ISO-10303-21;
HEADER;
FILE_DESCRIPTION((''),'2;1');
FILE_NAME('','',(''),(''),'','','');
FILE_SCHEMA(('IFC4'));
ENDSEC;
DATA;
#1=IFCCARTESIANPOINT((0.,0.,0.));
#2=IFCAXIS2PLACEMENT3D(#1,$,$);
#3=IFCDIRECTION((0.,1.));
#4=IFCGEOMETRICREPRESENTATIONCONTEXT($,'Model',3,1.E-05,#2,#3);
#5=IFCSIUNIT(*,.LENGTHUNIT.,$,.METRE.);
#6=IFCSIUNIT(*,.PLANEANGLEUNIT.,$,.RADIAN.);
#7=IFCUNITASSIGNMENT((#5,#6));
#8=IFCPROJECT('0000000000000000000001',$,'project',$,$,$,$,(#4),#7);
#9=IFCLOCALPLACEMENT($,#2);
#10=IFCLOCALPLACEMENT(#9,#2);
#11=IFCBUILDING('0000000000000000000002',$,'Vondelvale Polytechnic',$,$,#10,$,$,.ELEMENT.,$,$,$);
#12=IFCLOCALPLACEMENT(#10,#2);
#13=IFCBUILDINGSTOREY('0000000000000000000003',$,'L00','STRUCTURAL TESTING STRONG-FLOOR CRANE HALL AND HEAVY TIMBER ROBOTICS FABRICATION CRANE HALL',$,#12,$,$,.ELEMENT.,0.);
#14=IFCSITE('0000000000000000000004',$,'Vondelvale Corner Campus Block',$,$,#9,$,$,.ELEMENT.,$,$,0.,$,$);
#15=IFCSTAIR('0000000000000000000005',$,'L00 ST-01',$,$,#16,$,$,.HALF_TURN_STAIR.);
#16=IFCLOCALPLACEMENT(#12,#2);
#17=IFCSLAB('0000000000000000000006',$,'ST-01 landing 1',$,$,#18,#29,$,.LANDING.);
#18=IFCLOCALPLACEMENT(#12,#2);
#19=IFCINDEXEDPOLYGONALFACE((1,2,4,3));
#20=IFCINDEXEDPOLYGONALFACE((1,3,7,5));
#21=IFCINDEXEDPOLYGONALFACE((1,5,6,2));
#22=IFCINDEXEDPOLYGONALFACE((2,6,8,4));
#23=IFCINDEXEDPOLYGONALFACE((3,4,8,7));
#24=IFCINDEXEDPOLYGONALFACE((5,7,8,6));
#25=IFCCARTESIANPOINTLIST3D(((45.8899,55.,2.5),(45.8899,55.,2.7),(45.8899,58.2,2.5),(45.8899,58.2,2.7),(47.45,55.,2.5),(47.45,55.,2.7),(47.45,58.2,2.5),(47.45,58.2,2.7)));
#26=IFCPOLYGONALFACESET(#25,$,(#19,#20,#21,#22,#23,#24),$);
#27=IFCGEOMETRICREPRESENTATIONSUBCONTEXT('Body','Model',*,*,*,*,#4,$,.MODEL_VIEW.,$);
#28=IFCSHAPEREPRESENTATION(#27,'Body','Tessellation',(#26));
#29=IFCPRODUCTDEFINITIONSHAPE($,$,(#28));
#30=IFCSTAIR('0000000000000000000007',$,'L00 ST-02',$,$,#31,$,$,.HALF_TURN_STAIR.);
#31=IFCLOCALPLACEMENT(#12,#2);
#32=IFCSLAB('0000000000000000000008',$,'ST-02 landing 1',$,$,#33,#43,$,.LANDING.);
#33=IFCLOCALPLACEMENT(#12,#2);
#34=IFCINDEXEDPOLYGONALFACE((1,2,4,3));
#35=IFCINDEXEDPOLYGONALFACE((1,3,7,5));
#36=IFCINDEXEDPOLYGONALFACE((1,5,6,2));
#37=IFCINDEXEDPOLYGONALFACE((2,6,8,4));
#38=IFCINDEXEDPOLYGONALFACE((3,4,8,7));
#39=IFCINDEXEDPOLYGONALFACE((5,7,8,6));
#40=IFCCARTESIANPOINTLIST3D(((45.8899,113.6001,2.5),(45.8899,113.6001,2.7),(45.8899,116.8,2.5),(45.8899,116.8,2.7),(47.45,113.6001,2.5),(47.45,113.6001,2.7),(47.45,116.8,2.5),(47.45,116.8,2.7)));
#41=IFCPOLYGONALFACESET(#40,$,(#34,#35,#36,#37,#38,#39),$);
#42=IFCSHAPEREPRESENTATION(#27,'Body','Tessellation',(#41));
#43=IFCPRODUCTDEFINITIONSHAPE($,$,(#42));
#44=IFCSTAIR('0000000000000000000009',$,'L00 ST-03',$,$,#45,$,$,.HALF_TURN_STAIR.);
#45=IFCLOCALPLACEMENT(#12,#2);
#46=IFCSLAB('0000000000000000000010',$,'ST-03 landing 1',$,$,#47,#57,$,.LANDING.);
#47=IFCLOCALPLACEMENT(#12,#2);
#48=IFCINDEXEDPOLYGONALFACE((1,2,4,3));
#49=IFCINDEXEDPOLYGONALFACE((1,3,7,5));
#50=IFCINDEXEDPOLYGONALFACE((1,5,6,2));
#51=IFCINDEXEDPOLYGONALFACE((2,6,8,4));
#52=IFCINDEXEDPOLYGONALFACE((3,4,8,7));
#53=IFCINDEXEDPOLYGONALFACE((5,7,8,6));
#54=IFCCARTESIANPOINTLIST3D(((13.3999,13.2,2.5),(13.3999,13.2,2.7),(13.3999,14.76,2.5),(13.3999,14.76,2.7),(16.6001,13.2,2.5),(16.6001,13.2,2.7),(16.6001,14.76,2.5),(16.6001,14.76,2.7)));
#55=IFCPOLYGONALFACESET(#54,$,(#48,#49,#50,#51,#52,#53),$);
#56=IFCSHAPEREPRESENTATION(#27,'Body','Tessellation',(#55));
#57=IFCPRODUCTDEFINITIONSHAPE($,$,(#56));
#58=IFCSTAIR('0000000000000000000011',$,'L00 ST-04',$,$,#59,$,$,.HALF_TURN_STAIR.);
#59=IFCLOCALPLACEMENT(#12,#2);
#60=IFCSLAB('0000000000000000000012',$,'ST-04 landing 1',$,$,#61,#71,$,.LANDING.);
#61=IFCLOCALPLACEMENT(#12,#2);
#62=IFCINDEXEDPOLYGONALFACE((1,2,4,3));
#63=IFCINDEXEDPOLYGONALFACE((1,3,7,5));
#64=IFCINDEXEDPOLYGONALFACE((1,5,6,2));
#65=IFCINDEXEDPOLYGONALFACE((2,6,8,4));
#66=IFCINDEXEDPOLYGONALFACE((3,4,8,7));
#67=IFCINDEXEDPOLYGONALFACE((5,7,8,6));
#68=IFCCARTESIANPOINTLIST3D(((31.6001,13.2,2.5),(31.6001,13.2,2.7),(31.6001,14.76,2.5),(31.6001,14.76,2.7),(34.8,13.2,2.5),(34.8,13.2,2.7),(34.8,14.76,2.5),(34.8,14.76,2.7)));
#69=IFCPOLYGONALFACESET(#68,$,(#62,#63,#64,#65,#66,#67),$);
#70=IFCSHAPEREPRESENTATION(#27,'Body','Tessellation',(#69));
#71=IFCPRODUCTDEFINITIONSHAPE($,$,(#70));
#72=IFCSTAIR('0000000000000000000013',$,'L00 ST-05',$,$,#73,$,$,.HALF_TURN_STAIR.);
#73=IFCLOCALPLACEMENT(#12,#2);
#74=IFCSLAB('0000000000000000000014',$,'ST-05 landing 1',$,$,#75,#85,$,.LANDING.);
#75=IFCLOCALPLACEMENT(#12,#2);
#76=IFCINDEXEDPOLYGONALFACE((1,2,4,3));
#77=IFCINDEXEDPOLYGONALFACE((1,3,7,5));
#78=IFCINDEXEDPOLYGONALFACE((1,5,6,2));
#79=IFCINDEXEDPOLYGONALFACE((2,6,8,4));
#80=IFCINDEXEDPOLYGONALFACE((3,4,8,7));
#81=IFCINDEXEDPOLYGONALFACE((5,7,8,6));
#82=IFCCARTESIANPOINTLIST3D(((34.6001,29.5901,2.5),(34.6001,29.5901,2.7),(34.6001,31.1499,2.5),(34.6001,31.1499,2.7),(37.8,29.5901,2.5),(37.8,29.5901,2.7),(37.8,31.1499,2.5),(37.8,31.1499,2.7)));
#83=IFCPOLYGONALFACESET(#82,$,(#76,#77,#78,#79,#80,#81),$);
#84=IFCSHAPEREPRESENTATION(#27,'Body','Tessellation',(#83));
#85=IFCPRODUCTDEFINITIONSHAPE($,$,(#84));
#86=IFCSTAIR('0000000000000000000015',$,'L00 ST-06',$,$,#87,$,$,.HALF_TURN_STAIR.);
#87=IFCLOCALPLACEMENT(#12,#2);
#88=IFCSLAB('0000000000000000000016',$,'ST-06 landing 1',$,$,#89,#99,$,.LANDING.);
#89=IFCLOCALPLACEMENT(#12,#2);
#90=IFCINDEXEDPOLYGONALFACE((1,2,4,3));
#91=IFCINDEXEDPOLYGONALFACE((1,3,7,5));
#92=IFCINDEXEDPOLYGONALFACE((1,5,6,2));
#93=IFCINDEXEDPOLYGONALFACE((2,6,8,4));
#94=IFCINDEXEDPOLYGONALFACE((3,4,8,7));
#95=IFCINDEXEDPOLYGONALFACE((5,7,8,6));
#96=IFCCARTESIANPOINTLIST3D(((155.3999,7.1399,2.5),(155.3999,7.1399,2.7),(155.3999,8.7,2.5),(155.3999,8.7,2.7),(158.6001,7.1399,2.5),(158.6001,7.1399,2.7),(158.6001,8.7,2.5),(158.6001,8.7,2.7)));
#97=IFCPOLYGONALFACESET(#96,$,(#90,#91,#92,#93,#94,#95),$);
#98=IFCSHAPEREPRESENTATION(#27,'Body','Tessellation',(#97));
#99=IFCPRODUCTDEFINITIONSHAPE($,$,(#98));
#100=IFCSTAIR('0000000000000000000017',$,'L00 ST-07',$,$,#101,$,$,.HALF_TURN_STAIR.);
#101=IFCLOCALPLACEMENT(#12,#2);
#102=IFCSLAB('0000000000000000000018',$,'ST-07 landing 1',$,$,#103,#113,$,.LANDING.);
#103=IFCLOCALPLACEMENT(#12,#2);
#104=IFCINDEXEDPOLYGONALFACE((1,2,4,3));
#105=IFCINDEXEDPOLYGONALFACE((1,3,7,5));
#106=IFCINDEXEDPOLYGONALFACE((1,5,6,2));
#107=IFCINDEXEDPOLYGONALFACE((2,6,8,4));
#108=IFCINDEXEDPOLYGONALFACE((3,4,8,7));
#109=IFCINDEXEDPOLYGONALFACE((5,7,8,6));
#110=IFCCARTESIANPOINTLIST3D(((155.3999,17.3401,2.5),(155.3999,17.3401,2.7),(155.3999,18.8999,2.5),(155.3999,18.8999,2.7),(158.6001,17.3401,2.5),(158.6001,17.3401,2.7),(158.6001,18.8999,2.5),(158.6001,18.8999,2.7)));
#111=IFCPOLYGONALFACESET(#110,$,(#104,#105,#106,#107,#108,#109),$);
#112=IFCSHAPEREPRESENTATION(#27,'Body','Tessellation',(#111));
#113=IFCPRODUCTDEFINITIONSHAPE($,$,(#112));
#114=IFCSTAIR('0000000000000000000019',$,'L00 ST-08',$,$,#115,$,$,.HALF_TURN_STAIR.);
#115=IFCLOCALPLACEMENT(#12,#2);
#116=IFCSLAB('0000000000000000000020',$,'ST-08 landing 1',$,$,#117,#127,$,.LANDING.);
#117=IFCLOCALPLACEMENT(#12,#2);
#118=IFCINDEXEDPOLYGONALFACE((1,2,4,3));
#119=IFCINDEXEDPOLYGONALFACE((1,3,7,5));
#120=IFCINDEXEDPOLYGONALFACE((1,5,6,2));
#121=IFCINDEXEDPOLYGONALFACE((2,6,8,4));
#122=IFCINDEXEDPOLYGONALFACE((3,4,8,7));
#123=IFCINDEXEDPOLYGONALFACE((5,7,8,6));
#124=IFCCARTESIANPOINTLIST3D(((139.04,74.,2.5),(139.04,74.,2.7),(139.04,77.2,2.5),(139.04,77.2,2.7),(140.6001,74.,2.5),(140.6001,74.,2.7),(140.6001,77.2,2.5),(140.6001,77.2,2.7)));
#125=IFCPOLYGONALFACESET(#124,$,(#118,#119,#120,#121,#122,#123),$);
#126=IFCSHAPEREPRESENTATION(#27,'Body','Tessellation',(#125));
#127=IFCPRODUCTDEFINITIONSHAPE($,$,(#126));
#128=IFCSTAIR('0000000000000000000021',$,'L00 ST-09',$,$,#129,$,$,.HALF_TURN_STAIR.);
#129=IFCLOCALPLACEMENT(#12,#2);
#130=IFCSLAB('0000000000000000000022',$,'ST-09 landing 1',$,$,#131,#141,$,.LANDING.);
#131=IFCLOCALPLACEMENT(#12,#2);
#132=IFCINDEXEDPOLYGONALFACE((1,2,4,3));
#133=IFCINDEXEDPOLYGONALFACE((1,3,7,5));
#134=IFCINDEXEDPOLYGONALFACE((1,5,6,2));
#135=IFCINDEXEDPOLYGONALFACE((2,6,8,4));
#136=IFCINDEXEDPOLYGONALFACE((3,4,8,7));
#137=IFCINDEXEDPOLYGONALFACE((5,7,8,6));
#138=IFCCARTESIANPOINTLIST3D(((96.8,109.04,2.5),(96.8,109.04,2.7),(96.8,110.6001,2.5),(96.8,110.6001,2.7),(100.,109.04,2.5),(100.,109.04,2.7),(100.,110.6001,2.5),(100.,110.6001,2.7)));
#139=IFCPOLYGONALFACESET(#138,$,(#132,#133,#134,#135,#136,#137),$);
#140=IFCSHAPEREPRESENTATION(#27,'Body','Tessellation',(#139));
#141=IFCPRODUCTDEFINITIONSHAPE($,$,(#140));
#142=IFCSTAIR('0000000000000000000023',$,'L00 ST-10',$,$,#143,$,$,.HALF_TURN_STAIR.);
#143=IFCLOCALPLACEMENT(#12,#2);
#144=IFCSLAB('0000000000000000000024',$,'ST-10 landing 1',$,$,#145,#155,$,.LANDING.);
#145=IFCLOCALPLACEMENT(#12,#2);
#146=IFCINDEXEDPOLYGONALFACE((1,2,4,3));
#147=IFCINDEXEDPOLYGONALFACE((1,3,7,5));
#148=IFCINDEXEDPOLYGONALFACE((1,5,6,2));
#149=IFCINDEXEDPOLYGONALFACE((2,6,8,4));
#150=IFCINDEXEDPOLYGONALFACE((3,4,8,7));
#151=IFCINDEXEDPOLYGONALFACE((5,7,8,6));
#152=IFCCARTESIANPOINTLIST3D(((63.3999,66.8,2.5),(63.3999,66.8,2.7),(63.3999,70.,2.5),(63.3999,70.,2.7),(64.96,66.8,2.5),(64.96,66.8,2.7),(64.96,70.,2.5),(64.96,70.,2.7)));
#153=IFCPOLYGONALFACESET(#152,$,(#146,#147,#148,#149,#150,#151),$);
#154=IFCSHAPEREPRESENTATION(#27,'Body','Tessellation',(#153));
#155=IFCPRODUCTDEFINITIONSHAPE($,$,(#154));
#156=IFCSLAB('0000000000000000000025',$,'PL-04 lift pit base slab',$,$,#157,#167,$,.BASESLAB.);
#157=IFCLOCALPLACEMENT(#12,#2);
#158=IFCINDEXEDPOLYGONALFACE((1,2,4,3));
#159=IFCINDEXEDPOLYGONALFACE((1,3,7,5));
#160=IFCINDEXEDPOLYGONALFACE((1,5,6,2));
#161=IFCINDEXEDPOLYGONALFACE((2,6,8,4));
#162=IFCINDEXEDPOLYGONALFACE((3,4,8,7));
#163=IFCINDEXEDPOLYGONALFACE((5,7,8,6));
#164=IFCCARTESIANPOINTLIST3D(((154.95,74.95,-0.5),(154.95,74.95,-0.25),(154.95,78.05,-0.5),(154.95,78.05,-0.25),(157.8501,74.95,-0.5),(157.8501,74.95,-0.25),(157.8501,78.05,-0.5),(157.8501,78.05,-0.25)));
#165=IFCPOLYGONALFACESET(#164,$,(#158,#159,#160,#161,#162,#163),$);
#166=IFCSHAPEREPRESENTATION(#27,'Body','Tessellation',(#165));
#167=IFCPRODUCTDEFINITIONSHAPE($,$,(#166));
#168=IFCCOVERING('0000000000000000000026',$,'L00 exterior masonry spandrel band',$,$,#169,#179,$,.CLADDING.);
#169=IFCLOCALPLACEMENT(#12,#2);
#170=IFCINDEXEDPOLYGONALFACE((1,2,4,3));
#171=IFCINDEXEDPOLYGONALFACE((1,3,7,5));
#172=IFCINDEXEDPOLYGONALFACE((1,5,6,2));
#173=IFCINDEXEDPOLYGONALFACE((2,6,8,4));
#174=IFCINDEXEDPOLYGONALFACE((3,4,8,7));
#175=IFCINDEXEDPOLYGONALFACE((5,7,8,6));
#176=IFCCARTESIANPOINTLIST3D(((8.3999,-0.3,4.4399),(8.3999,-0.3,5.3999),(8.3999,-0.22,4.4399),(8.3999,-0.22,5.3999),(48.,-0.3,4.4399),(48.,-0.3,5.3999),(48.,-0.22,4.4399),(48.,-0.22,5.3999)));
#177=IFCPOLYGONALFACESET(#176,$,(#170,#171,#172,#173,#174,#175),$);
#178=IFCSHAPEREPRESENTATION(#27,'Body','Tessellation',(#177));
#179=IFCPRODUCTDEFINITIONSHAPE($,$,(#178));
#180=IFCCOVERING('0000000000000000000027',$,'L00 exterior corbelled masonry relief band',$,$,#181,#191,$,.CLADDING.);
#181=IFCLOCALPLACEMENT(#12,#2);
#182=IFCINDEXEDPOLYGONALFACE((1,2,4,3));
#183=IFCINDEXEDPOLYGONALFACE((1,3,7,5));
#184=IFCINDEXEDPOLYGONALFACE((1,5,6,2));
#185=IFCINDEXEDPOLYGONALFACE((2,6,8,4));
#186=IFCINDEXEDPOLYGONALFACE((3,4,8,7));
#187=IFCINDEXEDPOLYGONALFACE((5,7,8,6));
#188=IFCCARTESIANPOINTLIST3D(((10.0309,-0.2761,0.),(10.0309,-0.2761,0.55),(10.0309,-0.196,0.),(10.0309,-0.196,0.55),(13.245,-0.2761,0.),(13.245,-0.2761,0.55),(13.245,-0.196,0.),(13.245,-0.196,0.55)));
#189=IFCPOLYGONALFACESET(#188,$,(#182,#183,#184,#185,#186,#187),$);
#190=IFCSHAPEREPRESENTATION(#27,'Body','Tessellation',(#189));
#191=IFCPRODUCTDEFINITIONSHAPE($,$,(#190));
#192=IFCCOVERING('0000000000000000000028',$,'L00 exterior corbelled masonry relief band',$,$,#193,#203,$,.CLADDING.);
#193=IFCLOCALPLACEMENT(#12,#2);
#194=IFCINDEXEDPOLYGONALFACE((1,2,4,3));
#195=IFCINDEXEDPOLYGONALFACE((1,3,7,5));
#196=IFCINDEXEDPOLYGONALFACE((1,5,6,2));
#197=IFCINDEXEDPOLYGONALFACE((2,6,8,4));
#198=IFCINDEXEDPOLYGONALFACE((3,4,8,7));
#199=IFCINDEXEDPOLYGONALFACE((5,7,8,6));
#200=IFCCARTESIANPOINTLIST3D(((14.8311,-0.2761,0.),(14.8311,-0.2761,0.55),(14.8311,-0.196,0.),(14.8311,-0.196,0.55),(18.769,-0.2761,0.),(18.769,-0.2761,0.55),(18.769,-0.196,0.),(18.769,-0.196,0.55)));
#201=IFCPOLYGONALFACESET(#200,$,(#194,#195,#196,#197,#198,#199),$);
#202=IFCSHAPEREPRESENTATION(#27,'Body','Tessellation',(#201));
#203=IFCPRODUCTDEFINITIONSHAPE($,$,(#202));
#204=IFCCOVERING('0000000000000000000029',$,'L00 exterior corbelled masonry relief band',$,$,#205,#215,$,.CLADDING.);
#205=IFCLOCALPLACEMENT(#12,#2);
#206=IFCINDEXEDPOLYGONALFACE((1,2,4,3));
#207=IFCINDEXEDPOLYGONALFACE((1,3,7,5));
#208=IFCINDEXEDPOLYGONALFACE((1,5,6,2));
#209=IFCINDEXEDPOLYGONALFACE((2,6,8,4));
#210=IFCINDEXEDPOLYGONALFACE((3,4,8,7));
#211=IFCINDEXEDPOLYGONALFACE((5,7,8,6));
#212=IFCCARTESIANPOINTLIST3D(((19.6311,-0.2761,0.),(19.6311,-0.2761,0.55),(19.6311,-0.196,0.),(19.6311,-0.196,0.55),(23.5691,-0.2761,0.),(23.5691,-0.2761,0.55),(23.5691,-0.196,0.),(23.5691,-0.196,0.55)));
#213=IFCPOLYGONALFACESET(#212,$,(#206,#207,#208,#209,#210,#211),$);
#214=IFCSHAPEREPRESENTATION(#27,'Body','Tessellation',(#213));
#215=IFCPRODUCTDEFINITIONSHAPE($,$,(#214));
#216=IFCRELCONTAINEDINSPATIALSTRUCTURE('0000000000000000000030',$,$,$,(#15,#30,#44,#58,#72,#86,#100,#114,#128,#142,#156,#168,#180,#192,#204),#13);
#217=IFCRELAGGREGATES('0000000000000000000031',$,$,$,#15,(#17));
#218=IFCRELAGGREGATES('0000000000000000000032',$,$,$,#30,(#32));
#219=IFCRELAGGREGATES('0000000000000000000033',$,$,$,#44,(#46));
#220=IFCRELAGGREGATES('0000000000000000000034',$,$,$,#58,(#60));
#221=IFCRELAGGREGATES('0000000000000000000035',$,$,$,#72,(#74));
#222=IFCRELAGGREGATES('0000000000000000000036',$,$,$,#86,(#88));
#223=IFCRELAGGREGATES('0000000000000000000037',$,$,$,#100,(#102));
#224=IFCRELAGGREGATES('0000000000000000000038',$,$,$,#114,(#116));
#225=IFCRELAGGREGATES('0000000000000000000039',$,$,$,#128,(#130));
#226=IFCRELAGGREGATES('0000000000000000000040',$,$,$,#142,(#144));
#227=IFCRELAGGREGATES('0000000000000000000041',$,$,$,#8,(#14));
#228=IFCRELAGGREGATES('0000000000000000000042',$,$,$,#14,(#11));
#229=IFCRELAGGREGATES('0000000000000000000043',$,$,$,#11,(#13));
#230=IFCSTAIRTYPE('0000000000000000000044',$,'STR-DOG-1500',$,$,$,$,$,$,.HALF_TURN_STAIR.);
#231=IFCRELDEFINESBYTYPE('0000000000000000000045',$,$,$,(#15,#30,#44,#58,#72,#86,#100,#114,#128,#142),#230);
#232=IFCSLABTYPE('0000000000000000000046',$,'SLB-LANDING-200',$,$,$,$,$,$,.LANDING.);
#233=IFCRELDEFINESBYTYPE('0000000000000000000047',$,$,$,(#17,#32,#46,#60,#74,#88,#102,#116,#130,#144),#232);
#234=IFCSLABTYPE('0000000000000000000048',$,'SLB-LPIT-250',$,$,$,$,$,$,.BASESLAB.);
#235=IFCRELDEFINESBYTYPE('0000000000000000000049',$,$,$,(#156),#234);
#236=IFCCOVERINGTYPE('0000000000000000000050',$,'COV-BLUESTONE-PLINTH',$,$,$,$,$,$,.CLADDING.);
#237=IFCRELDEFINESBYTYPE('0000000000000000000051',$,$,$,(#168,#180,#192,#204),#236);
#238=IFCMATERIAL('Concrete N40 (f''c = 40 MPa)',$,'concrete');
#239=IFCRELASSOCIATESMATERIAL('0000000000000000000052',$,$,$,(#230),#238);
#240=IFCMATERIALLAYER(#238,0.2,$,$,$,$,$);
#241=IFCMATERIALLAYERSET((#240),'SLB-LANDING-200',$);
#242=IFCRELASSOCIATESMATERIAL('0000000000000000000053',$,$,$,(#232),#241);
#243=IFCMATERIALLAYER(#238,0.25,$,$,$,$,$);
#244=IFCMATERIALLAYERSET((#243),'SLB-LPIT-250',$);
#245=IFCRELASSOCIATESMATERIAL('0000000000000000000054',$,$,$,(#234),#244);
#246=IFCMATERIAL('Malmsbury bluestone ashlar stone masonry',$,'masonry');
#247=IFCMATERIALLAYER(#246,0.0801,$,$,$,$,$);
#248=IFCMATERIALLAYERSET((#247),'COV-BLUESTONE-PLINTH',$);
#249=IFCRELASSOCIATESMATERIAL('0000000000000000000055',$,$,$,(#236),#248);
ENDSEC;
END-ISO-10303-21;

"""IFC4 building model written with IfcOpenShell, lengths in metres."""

from ifc_helpers import new_model, si_unit, direction, frame, origin, origin_2d, place, context, subcontext, project, spatial, polyline, rectangle, outline, extrude, material, layer, layer_set, type_object, element, aggregate, save


model = new_model("IFC4")

# Units and contexts
model_context = context("Model", 3, precision=1e-05, world=origin(), true_north=direction((0.0, 1.0)))
body_context = subcontext(model_context, "Body", "Model", "MODEL_VIEW")
ifc_project = project(units=[si_unit("LENGTHUNIT", "METRE"), si_unit("PLANEANGLEUNIT", "RADIAN")], contexts=[model_context])

# Site, building, storey
site_placement = place(None, origin())
site = spatial("IfcSite", under=ifc_project, at=site_placement, Name="Vondelvale Corner Campus Block", CompositionType="ELEMENT", RefElevation=0.0)
building_placement = place(site_placement, origin())
building = spatial("IfcBuilding", under=site, at=building_placement, Name="Vondelvale Polytechnic", CompositionType="ELEMENT")
storey_placement = place(building_placement, origin())
storey = spatial("IfcBuildingStorey", under=building, at=storey_placement, Name="L00", Description="STRUCTURAL TESTING STRONG-FLOOR CRANE HALL AND HEAVY TIMBER ROBOTICS FABRICATION CRANE HALL", CompositionType="ELEMENT", Elevation=0.0)

# Stairs, slabs
ifc_material_1 = material(Name="Concrete N40 (f'c = 40 MPa)", Category="concrete")
stair_type = type_object("IfcStairType", Name="STR-DOG-1500", PredefinedType="HALF_TURN_STAIR", material=ifc_material_1)
stair_1_placement = place(storey_placement, origin())
stair_1 = element("IfcStair", 1, at=stair_1_placement, inside=storey, type_object=stair_type, Name="L00 ST-01", PredefinedType="HALF_TURN_STAIR")
ifc_layer_1 = layer(ifc_material_1, 0.2)
ifc_layer_set_1 = layer_set([ifc_layer_1], Name="SLB-LANDING-200")
slab_type_1 = type_object("IfcSlabType", Name="SLB-LANDING-200", PredefinedType="LANDING", material=ifc_layer_set_1)
slab_1_placement = place(storey_placement, frame((0.0, 0.0, 2.5)))
slab_1 = element("IfcSlab", 2, at=slab_1_placement, type_object=slab_type_1, Name="ST-01 landing 1", PredefinedType="LANDING", context=body_context, shape_type="SweptSolid", body=[
    extrude(outline(polyline([(45.8899, 55.0), (47.45, 55.0), (47.45, 58.2), (45.8899, 58.2), (45.8899, 55.0)])), origin(), (0.0, 0.0, 1.0), 0.2),
])
aggregate(stair_1, [slab_1])
stair_2_placement = place(storey_placement, origin())
stair_2 = element("IfcStair", 3, at=stair_2_placement, inside=storey, type_object=stair_type, Name="L00 ST-02", PredefinedType="HALF_TURN_STAIR")
slab_2_placement = place(storey_placement, frame((0.0, 0.0, 2.5)))
slab_2 = element("IfcSlab", 4, at=slab_2_placement, type_object=slab_type_1, Name="ST-02 landing 1", PredefinedType="LANDING", context=body_context, shape_type="SweptSolid", body=[
    extrude(outline(polyline([(45.8899, 113.6001), (47.45, 113.6001), (47.45, 116.8), (45.8899, 116.8), (45.8899, 113.6001)])), origin(), (0.0, 0.0, 1.0), 0.2),
])
aggregate(stair_2, [slab_2])
stair_3_placement = place(storey_placement, origin())
stair_3 = element("IfcStair", 5, at=stair_3_placement, inside=storey, type_object=stair_type, Name="L00 ST-03", PredefinedType="HALF_TURN_STAIR")
slab_3_placement = place(storey_placement, frame((0.0, 0.0, 2.5)))
slab_3 = element("IfcSlab", 6, at=slab_3_placement, type_object=slab_type_1, Name="ST-03 landing 1", PredefinedType="LANDING", context=body_context, shape_type="SweptSolid", body=[
    extrude(outline(polyline([(13.3999, 14.76), (13.3999, 13.2), (16.6001, 13.2), (16.6001, 14.76), (13.3999, 14.76)])), origin(), (0.0, 0.0, 1.0), 0.2),
])
aggregate(stair_3, [slab_3])
stair_4_placement = place(storey_placement, origin())
stair_4 = element("IfcStair", 7, at=stair_4_placement, inside=storey, type_object=stair_type, Name="L00 ST-04", PredefinedType="HALF_TURN_STAIR")
slab_4_placement = place(storey_placement, frame((0.0, 0.0, 2.5)))
slab_4 = element("IfcSlab", 8, at=slab_4_placement, type_object=slab_type_1, Name="ST-04 landing 1", PredefinedType="LANDING", context=body_context, shape_type="SweptSolid", body=[
    extrude(outline(polyline([(31.6001, 14.76), (31.6001, 13.2), (34.8, 13.2), (34.8, 14.76), (31.6001, 14.76)])), origin(), (0.0, 0.0, 1.0), 0.2),
])
aggregate(stair_4, [slab_4])
stair_5_placement = place(storey_placement, origin())
stair_5 = element("IfcStair", 9, at=stair_5_placement, inside=storey, type_object=stair_type, Name="L00 ST-05", PredefinedType="HALF_TURN_STAIR")
slab_5_placement = place(storey_placement, frame((0.0, 0.0, 2.5)))
slab_5 = element("IfcSlab", 10, at=slab_5_placement, type_object=slab_type_1, Name="ST-05 landing 1", PredefinedType="LANDING", context=body_context, shape_type="SweptSolid", body=[
    extrude(outline(polyline([(37.8, 29.5901), (37.8, 31.1499), (34.6001, 31.1499), (34.6001, 29.5901), (37.8, 29.5901)])), origin(), (0.0, 0.0, 1.0), 0.2),
])
aggregate(stair_5, [slab_5])
stair_6_placement = place(storey_placement, origin())
stair_6 = element("IfcStair", 11, at=stair_6_placement, inside=storey, type_object=stair_type, Name="L00 ST-06", PredefinedType="HALF_TURN_STAIR")
slab_6_placement = place(storey_placement, frame((0.0, 0.0, 2.5)))
slab_6 = element("IfcSlab", 12, at=slab_6_placement, type_object=slab_type_1, Name="ST-06 landing 1", PredefinedType="LANDING", context=body_context, shape_type="SweptSolid", body=[
    extrude(outline(polyline([(158.6001, 7.1399), (158.6001, 8.7), (155.3999, 8.7), (155.3999, 7.1399), (158.6001, 7.1399)])), origin(), (0.0, 0.0, 1.0), 0.2),
])
aggregate(stair_6, [slab_6])
stair_7_placement = place(storey_placement, origin())
stair_7 = element("IfcStair", 13, at=stair_7_placement, inside=storey, type_object=stair_type, Name="L00 ST-07", PredefinedType="HALF_TURN_STAIR")
slab_7_placement = place(storey_placement, frame((0.0, 0.0, 2.5)))
slab_7 = element("IfcSlab", 14, at=slab_7_placement, type_object=slab_type_1, Name="ST-07 landing 1", PredefinedType="LANDING", context=body_context, shape_type="SweptSolid", body=[
    extrude(outline(polyline([(158.6001, 17.3401), (158.6001, 18.8999), (155.3999, 18.8999), (155.3999, 17.3401), (158.6001, 17.3401)])), origin(), (0.0, 0.0, 1.0), 0.2),
])
aggregate(stair_7, [slab_7])
stair_8_placement = place(storey_placement, origin())
stair_8 = element("IfcStair", 15, at=stair_8_placement, inside=storey, type_object=stair_type, Name="L00 ST-08", PredefinedType="HALF_TURN_STAIR")
slab_8_placement = place(storey_placement, frame((0.0, 0.0, 2.5)))
slab_8 = element("IfcSlab", 16, at=slab_8_placement, type_object=slab_type_1, Name="ST-08 landing 1", PredefinedType="LANDING", context=body_context, shape_type="SweptSolid", body=[
    extrude(outline(polyline([(139.04, 74.0), (140.6001, 74.0), (140.6001, 77.2), (139.04, 77.2), (139.04, 74.0)])), origin(), (0.0, 0.0, 1.0), 0.2),
])
aggregate(stair_8, [slab_8])
stair_9_placement = place(storey_placement, origin())
stair_9 = element("IfcStair", 17, at=stair_9_placement, inside=storey, type_object=stair_type, Name="L00 ST-09", PredefinedType="HALF_TURN_STAIR")
slab_9_placement = place(storey_placement, frame((0.0, 0.0, 2.5)))
slab_9 = element("IfcSlab", 18, at=slab_9_placement, type_object=slab_type_1, Name="ST-09 landing 1", PredefinedType="LANDING", context=body_context, shape_type="SweptSolid", body=[
    extrude(outline(polyline([(100.0, 109.04), (100.0, 110.6001), (96.8, 110.6001), (96.8, 109.04), (100.0, 109.04)])), origin(), (0.0, 0.0, 1.0), 0.2),
])
aggregate(stair_9, [slab_9])
stair_10_placement = place(storey_placement, origin())
stair_10 = element("IfcStair", 19, at=stair_10_placement, inside=storey, type_object=stair_type, Name="L00 ST-10", PredefinedType="HALF_TURN_STAIR")
slab_10_placement = place(storey_placement, frame((0.0, 0.0, 2.5)))
slab_10 = element("IfcSlab", 20, at=slab_10_placement, type_object=slab_type_1, Name="ST-10 landing 1", PredefinedType="LANDING", context=body_context, shape_type="SweptSolid", body=[
    extrude(outline(polyline([(64.96, 70.0), (63.3999, 70.0), (63.3999, 66.8), (64.96, 66.8), (64.96, 70.0)])), origin(), (0.0, 0.0, 1.0), 0.2),
])
aggregate(stair_10, [slab_10])

# Slab
ifc_layer_2 = layer(ifc_material_1, 0.25)
ifc_layer_set_2 = layer_set([ifc_layer_2], Name="SLB-LPIT-250")
slab_type_2 = type_object("IfcSlabType", Name="SLB-LPIT-250", PredefinedType="BASESLAB", material=ifc_layer_set_2)
slab_11_placement = place(storey_placement, frame((0.0, 0.0, -0.5)))
element("IfcSlab", 21, at=slab_11_placement, inside=storey, type_object=slab_type_2, Name="PL-04 lift pit base slab", PredefinedType="BASESLAB", context=body_context, shape_type="SweptSolid", body=[
    extrude(outline(polyline([(154.95, 74.95), (157.8501, 74.95), (157.8501, 78.05), (154.95, 78.05), (154.95, 74.95)])), origin(), (0.0, 0.0, 1.0), 0.25),
])

# Coverings
ifc_material_2 = material(Name="Malmsbury bluestone ashlar stone masonry", Category="masonry")
ifc_layer_3 = layer(ifc_material_2, 0.0801)
ifc_layer_set_3 = layer_set([ifc_layer_3], Name="COV-BLUESTONE-PLINTH")
covering_type_1 = type_object("IfcCoveringType", Name="COV-BLUESTONE-PLINTH", PredefinedType="CLADDING", material=ifc_layer_set_3)
covering_1_placement = place(storey_placement, frame((28.2, -0.26, 4.4399), z_axis=(0.0, 0.0, 1.0), x_axis=(1.0, 0.0, 0.0)))
element("IfcCovering", 22, at=covering_1_placement, inside=storey, type_object=covering_type_1, Name="L00 exterior masonry spandrel band", PredefinedType="CLADDING", context=body_context, shape_type="SweptSolid", body=[
    extrude(rectangle(XDim=39.6001, YDim=0.0801, at=origin_2d()), origin(), (0.0, 0.0, 1.0), 0.96),
])
covering_2_placement = place(storey_placement, frame((11.6379, -0.2361, 0.0), z_axis=(0.0, 0.0, 1.0), x_axis=(-1.0, 0.0, 0.0)))
element("IfcCovering", 23, at=covering_2_placement, inside=storey, type_object=covering_type_1, Name="L00 exterior corbelled masonry relief band", PredefinedType="CLADDING", context=body_context, shape_type="SweptSolid", body=[
    extrude(rectangle(XDim=3.2141, YDim=0.0801, at=origin_2d()), origin(), (0.0, 0.0, 1.0), 0.55),
])
for number, where, z_axis, x_axis, name in (
    (24, (16.8, -0.2361, 0.0), (0.0, 0.0, 1.0), (-1.0, 0.0, 0.0), "L00 exterior corbelled masonry relief band"),
    (25, (21.6001, -0.2361, 0.0), (0.0, 0.0, 1.0), (-1.0, 0.0, 0.0), "L00 exterior corbelled masonry relief band"),
):
    element("IfcCovering", number, at=place(storey_placement, frame(where, z_axis=z_axis, x_axis=x_axis)), inside=storey, type_object=covering_type_1, Name=name, PredefinedType="CLADDING", context=body_context, shape_type="SweptSolid", body=[
        extrude(rectangle(XDim=3.938, YDim=0.0801, at=origin_2d()), origin(), (0.0, 0.0, 1.0), 0.55),
    ])

save(model, "model.ifc")
